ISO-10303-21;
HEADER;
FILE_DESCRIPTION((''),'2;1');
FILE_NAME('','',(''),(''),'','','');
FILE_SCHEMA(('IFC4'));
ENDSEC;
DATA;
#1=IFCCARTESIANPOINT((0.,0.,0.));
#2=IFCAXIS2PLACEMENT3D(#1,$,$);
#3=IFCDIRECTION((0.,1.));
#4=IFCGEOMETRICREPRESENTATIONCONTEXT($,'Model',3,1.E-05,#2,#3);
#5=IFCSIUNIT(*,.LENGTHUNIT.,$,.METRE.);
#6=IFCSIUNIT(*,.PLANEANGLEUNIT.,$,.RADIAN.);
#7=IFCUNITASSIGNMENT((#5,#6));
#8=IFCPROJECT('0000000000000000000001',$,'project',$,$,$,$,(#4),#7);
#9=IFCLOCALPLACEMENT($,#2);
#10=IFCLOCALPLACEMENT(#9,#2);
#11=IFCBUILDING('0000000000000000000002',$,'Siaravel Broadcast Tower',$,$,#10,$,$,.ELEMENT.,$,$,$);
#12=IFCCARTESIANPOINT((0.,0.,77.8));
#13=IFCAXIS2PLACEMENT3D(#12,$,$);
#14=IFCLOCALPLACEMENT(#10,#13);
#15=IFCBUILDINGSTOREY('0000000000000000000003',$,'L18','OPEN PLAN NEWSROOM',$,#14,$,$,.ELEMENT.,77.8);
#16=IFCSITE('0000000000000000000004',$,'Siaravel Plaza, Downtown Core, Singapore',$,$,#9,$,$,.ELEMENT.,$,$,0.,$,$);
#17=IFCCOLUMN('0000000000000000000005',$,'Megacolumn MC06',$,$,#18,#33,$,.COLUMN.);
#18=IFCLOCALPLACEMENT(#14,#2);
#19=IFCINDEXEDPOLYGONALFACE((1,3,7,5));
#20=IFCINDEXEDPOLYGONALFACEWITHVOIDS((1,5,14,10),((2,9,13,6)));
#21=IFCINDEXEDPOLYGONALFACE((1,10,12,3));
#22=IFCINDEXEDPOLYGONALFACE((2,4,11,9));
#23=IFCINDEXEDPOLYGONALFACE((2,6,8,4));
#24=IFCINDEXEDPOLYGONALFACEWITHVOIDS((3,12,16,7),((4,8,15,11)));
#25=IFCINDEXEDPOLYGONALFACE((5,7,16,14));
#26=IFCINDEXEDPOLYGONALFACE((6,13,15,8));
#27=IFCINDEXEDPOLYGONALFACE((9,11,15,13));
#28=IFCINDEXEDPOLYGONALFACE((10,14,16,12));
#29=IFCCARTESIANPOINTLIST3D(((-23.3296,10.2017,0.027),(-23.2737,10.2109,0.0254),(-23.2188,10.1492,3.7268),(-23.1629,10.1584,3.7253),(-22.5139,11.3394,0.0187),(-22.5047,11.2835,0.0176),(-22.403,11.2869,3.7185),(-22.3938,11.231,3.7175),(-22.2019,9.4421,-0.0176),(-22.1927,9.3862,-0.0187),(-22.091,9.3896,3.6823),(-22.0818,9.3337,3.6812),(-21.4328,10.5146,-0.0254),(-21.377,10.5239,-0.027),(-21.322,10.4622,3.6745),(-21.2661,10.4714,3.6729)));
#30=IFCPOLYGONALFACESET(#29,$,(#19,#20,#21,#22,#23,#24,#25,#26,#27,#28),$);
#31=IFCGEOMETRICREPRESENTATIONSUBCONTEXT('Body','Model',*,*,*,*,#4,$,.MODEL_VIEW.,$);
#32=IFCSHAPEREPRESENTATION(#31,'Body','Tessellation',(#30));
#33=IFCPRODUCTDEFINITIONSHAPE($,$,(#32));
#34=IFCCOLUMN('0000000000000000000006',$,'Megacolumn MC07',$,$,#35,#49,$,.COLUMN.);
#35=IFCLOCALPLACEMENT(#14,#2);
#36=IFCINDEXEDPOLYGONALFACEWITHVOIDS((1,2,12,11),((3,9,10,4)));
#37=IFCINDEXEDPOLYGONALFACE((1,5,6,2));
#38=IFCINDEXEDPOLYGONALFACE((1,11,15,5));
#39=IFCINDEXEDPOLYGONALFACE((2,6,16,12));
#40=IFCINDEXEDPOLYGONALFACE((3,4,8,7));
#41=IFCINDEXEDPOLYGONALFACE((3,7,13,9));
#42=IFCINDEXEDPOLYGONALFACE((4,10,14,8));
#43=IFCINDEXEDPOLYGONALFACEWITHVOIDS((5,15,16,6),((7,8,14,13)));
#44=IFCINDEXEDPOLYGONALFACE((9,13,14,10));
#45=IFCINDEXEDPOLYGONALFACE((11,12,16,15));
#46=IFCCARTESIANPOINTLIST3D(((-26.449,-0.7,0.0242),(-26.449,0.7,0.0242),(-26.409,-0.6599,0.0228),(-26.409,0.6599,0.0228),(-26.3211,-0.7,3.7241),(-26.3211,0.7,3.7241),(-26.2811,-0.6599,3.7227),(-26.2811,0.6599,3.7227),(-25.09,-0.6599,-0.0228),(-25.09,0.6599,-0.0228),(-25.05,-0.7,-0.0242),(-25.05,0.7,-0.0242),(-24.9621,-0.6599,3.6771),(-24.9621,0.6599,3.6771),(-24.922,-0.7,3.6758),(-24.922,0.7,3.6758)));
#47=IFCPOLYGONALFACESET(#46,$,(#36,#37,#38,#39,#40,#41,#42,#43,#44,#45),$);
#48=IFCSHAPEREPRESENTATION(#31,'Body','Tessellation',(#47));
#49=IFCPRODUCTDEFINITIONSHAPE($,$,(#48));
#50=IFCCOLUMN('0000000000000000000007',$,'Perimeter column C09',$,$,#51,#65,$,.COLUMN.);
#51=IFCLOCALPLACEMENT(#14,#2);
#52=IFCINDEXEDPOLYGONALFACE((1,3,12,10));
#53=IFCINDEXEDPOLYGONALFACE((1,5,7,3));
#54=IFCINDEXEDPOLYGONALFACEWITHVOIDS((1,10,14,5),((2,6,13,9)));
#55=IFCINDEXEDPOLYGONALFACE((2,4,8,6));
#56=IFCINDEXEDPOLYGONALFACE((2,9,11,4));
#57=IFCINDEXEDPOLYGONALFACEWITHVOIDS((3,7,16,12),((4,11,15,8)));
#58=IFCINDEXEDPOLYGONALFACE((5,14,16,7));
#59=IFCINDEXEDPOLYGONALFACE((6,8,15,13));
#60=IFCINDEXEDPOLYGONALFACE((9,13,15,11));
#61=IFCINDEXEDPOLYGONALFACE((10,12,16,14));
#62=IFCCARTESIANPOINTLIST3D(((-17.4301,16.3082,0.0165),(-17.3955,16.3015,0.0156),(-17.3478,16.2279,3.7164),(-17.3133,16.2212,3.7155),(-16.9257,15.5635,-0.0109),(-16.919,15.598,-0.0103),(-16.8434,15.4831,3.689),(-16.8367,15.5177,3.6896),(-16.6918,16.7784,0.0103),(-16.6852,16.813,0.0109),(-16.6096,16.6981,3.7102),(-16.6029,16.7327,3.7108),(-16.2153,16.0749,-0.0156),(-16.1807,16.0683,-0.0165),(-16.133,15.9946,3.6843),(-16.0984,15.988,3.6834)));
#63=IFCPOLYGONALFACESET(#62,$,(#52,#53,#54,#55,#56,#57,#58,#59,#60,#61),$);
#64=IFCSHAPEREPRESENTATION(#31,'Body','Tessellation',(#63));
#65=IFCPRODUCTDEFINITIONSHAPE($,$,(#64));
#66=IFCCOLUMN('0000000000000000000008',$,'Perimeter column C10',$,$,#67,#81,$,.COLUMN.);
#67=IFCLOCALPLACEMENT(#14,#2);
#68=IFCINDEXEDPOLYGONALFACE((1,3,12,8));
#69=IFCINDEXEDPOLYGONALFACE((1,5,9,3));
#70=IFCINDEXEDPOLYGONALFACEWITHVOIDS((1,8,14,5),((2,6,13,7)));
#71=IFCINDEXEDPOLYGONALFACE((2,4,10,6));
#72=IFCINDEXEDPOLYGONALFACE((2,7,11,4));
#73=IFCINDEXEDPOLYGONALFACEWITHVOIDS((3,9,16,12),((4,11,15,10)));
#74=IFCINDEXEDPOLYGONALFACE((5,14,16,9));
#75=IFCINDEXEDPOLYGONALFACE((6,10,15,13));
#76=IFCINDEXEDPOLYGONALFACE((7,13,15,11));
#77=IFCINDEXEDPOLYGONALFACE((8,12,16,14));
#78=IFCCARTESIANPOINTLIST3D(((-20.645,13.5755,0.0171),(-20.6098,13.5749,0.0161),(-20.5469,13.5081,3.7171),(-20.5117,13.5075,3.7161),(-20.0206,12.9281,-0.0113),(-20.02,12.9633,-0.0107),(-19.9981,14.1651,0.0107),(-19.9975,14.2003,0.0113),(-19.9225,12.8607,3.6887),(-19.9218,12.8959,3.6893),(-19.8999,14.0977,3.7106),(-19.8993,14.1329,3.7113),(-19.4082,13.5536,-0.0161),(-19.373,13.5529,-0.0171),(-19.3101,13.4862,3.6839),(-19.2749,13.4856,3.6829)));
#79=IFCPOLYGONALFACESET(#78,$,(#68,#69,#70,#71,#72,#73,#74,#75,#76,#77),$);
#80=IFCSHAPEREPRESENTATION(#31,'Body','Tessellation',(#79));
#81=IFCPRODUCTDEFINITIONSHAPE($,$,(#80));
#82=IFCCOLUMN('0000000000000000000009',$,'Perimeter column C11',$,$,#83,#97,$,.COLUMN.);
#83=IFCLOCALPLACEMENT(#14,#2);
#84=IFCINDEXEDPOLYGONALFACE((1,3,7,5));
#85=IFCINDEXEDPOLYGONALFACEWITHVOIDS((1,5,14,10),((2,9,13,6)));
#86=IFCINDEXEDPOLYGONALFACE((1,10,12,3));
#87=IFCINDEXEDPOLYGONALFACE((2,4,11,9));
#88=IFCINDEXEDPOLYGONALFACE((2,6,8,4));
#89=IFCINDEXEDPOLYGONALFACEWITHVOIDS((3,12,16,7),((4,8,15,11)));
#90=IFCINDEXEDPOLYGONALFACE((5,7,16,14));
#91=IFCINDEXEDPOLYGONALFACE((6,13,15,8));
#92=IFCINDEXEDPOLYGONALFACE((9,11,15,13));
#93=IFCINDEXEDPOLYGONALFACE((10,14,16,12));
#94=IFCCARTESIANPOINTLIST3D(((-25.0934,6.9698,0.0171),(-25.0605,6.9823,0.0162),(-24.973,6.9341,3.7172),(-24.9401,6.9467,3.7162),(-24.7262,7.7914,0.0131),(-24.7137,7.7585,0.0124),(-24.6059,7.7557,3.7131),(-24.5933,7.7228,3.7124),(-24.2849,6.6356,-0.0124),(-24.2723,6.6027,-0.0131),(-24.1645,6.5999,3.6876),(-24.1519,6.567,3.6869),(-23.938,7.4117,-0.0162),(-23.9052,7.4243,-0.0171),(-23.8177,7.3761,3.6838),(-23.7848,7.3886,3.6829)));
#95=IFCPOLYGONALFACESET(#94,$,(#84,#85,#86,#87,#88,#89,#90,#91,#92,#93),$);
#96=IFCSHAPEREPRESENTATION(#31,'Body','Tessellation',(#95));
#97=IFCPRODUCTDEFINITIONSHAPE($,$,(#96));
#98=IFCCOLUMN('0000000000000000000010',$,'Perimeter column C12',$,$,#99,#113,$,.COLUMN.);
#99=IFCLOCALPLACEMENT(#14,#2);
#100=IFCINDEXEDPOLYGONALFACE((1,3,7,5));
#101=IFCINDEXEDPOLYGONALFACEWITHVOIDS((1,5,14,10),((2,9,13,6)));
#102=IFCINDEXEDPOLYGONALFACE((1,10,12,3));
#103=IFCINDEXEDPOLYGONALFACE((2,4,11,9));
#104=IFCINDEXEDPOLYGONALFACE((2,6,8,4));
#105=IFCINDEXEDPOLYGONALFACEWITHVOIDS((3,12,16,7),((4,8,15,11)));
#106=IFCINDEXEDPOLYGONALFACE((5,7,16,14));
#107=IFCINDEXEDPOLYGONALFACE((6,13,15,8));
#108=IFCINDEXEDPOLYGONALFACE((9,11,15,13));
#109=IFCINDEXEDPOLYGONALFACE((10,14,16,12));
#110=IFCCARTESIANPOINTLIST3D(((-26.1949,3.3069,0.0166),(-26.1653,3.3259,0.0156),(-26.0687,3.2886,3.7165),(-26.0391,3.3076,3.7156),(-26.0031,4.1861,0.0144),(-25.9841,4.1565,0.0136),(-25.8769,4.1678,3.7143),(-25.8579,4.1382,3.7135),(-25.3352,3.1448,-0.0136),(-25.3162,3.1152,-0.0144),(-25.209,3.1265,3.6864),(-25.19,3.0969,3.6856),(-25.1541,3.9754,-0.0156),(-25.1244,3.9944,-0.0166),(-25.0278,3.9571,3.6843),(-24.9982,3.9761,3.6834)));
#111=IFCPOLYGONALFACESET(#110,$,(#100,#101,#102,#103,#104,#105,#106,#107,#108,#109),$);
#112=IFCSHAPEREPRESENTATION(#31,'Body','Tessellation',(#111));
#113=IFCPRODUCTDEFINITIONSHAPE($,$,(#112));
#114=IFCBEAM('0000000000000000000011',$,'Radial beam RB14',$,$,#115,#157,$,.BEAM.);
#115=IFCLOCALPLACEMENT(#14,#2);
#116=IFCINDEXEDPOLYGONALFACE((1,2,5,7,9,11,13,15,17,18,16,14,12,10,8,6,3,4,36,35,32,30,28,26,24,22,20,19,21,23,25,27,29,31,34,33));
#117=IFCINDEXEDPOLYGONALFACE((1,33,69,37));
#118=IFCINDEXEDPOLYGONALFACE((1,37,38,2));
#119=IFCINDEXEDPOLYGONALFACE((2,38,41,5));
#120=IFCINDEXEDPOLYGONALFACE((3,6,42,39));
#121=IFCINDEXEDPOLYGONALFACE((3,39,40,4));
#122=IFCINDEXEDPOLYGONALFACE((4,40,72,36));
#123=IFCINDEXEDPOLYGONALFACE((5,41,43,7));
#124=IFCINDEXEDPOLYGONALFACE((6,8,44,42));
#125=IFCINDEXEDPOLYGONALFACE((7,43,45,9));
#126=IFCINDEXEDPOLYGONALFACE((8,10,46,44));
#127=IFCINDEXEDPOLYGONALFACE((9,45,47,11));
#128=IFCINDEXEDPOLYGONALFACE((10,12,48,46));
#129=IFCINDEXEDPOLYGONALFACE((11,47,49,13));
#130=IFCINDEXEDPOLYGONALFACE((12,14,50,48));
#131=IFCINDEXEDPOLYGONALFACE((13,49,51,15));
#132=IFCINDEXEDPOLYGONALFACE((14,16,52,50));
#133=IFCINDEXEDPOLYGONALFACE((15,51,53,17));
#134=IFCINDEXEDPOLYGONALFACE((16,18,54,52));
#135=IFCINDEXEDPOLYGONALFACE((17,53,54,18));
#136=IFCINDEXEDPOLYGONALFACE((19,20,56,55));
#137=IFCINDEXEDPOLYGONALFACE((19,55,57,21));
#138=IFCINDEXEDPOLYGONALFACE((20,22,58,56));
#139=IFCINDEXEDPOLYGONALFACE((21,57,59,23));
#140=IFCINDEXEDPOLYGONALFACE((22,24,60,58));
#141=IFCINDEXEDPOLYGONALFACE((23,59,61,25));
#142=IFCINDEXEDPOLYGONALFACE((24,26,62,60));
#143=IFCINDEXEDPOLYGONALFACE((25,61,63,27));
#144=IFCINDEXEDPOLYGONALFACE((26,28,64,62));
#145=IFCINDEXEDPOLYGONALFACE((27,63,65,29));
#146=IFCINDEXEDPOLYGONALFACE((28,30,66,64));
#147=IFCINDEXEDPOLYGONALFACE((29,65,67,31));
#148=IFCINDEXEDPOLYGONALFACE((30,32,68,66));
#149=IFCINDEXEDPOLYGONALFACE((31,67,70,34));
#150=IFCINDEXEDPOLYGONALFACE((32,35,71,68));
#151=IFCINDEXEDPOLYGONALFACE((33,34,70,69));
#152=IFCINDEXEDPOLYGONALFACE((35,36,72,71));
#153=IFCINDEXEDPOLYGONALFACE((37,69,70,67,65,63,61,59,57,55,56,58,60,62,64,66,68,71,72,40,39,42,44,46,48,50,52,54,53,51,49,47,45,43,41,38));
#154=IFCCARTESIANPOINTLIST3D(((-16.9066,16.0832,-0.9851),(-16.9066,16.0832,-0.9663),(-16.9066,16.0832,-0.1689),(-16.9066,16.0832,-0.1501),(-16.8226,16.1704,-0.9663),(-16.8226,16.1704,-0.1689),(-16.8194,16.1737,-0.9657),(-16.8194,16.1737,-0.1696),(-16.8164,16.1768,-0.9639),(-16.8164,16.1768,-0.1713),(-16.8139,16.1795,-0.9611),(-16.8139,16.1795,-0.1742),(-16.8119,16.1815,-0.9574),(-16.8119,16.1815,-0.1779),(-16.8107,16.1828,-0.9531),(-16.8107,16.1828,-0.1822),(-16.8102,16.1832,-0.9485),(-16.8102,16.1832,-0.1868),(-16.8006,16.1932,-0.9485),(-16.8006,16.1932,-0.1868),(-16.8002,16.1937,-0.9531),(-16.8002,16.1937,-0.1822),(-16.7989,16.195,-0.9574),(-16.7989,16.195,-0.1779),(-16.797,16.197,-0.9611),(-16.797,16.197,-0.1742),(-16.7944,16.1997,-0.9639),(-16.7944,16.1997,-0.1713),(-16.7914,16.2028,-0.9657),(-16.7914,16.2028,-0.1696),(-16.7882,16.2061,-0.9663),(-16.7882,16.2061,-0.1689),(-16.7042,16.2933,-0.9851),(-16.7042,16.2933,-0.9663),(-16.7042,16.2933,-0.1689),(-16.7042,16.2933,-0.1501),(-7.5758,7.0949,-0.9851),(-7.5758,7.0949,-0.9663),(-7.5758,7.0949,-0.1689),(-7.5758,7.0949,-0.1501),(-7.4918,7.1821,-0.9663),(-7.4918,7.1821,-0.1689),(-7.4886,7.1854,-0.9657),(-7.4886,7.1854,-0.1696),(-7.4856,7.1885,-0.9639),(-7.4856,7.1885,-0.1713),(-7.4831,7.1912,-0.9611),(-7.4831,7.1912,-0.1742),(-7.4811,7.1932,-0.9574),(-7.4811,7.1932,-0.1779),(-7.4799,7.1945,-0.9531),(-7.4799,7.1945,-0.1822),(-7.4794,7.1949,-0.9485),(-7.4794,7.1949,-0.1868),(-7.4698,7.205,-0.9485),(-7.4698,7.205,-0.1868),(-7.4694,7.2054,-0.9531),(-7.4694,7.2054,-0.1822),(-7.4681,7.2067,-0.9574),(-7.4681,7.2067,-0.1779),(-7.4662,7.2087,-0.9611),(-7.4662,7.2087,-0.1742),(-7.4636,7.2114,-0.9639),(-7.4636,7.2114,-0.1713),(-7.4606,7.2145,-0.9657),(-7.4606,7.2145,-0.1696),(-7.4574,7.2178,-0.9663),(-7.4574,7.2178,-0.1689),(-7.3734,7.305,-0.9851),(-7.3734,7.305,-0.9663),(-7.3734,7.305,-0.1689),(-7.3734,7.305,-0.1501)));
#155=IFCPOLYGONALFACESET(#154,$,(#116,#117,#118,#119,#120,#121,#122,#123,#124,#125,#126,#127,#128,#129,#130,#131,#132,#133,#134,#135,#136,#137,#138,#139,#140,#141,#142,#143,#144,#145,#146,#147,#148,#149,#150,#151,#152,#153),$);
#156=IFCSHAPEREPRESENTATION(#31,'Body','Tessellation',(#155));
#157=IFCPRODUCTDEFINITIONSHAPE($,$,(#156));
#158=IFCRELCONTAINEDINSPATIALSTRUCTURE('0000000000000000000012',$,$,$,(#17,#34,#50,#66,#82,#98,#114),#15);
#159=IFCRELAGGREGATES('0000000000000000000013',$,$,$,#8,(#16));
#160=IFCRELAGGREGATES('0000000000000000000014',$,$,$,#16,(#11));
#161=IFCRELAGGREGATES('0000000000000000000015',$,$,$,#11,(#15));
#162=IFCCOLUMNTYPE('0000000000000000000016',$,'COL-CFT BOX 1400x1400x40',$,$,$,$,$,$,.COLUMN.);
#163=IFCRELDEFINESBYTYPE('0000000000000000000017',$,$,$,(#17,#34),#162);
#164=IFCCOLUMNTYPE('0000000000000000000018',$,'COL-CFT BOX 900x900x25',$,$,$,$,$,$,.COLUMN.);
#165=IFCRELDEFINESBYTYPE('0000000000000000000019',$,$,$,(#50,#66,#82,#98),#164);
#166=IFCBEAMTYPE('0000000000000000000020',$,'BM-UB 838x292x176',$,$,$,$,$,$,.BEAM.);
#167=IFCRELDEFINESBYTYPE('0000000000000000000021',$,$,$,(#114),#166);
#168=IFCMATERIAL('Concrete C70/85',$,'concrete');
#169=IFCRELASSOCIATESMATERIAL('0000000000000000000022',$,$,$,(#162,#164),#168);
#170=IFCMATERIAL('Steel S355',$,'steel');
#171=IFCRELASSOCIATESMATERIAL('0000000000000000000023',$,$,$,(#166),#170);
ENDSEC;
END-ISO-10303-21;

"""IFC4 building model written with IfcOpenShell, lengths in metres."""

from ifc_helpers import new_model, si_unit, direction, frame, origin, origin_2d, place, context, subcontext, project, spatial, hollow_rectangle, i_section, extrude, material, material_profile, profile_set, type_object, element, save


model = new_model("IFC4")

# Units and contexts
model_context = context("Model", 3, precision=1e-05, world=origin(), true_north=direction((0.0, 1.0)))
body_context = subcontext(model_context, "Body", "Model", "MODEL_VIEW")
ifc_project = project(units=[si_unit("LENGTHUNIT", "METRE"), si_unit("PLANEANGLEUNIT", "RADIAN")], contexts=[model_context])

# Site, building, storey
site_placement = place(None, origin())
site = spatial("IfcSite", under=ifc_project, at=site_placement, Name="Siaravel Plaza, Downtown Core, Singapore", CompositionType="ELEMENT", RefElevation=0.0)
building_placement = place(site_placement, origin())
building = spatial("IfcBuilding", under=site, at=building_placement, Name="Siaravel Broadcast Tower", CompositionType="ELEMENT")
storey_placement = place(building_placement, frame((0.0, 0.0, 77.8)))
storey = spatial("IfcBuildingStorey", under=building, at=storey_placement, Name="L18", Description="OPEN PLAN NEWSROOM", CompositionType="ELEMENT", Elevation=77.8)

# Columns
ifc_material_1 = material(Name="Concrete C70/85", Category="concrete")
ifc_material_profile_1 = material_profile(ifc_material_1, hollow_rectangle(XDim=1.3999, YDim=1.3999, WallThickness=0.04, at=origin_2d()))
ifc_profile_set_1 = profile_set([ifc_material_profile_1], Name="Concrete C70/85")
column_type_1 = type_object("IfcColumnType", Name="COL-CFT BOX 1400x1400x40", PredefinedType="COLUMN", material=ifc_profile_set_1)
column_1_placement = place(storey_placement, frame((-22.3533, 10.3628, 0.0), z_axis=(0.029941, -0.014179, 0.999451), x_axis=(0.582697, 0.812668, -0.005927)))
element("IfcColumn", 1, at=column_1_placement, inside=storey, type_object=column_type_1, Name="Megacolumn MC06", PredefinedType="COLUMN", context=body_context, shape_type="SweptSolid", body=[
    extrude(hollow_rectangle(XDim=1.3999, YDim=1.3999, WallThickness=0.04, at=origin_2d()), origin(), (0.0, 0.0, 1.0), 3.7019),
])
column_2_placement = place(storey_placement, frame((-25.7495, 0.0, 0.0), z_axis=(0.034555, 0.0, 0.999403), x_axis=(0.0, 1.0, 0.0)))
element("IfcColumn", 2, at=column_2_placement, inside=storey, type_object=column_type_1, Name="Megacolumn MC07", PredefinedType="COLUMN", context=body_context, shape_type="SweptSolid", body=[
    extrude(hollow_rectangle(XDim=1.3999, YDim=1.3999, WallThickness=0.04, at=origin_2d()), origin(), (0.0, 0.0, 1.0), 3.7021),
])
ifc_material_profile_2 = material_profile(ifc_material_1, hollow_rectangle(XDim=0.8999, YDim=0.8999, WallThickness=0.0249, at=origin_2d()))
ifc_profile_set_2 = profile_set([ifc_material_profile_2], Name="Concrete C70/85")
column_type_2 = type_object("IfcColumnType", Name="COL-CFT BOX 900x900x25", PredefinedType="COLUMN", material=ifc_profile_set_2)
column_3_placement = place(storey_placement, frame((-16.8054, 16.1882, 0.0), z_axis=(0.022226, -0.021699, 0.999517), x_axis=(0.827813, 0.56097, -0.00623)))
element("IfcColumn", 3, at=column_3_placement, inside=storey, type_object=column_type_2, Name="Perimeter column C09", PredefinedType="COLUMN", context=body_context, shape_type="SweptSolid", body=[
    extrude(hollow_rectangle(XDim=0.8999, YDim=0.8999, WallThickness=0.0249, at=origin_2d()), origin(), (0.0, 0.0, 1.0), 3.7017),
])
column_4_placement = place(storey_placement, frame((-20.009, 13.5642, 0.0), z_axis=(0.026512, -0.018202, 0.999483), x_axis=(0.719608, 0.69435, -0.006443)))
element("IfcColumn", 4, at=column_4_placement, inside=storey, type_object=column_type_2, Name="Perimeter column C10", PredefinedType="COLUMN", context=body_context, shape_type="SweptSolid", body=[
    extrude(hollow_rectangle(XDim=0.8999, YDim=0.8999, WallThickness=0.0249, at=origin_2d()), origin(), (0.0, 0.0, 1.0), 3.7019),
])
for number, where, z_axis, x_axis, name in (
    (5, (-24.4993, 7.197, 0.0), (0.032512, -0.009628, 0.999425), (0.407994, 0.912974, -0.004477), "Perimeter column C11"),
    (6, (-25.6597, 3.6506, 0.0), (0.034094, -0.004946, 0.999406), (0.213077, 0.977032, -0.002434), "Perimeter column C12"),
):
    element("IfcColumn", number, at=place(storey_placement, frame(where, z_axis=z_axis, x_axis=x_axis)), inside=storey, type_object=column_type_2, Name=name, PredefinedType="COLUMN", context=body_context, shape_type="SweptSolid", body=[
        extrude(hollow_rectangle(XDim=0.8999, YDim=0.8999, WallThickness=0.0249, at=origin_2d()), origin(), (0.0, 0.0, 1.0), 3.7021),
    ])

# Beam
ifc_material_2 = material(Name="Steel S355", Category="steel")
ifc_material_profile_3 = material_profile(ifc_material_2, i_section(OverallWidth=0.2917, OverallDepth=0.835, WebThickness=0.0139, FlangeThickness=0.0188, FilletRadius=0.0178, at=origin_2d()))
ifc_profile_set_3 = profile_set([ifc_material_profile_3], Name="Steel S355")
beam_type = type_object("IfcBeamType", Name="BM-UB 838x292x176", PredefinedType="BEAM", material=ifc_profile_set_3)
beam_1_placement = place(storey_placement, frame((-16.8054, 16.1882, -0.5676), z_axis=(0.720202, -0.693764, 0.0), x_axis=(0.693764, 0.720202, 0.0)))
element("IfcBeam", 7, at=beam_1_placement, inside=storey, type_object=beam_type, Name="Radial beam RB14", PredefinedType="BEAM", context=body_context, shape_type="SweptSolid", body=[
    extrude(i_section(OverallWidth=0.2917, OverallDepth=0.835, WebThickness=0.0139, FlangeThickness=0.0188, FilletRadius=0.0178, at=origin_2d()), origin(), (0.0, 0.0, 1.0), 12.9558),
])

save(model, "model.ifc")
